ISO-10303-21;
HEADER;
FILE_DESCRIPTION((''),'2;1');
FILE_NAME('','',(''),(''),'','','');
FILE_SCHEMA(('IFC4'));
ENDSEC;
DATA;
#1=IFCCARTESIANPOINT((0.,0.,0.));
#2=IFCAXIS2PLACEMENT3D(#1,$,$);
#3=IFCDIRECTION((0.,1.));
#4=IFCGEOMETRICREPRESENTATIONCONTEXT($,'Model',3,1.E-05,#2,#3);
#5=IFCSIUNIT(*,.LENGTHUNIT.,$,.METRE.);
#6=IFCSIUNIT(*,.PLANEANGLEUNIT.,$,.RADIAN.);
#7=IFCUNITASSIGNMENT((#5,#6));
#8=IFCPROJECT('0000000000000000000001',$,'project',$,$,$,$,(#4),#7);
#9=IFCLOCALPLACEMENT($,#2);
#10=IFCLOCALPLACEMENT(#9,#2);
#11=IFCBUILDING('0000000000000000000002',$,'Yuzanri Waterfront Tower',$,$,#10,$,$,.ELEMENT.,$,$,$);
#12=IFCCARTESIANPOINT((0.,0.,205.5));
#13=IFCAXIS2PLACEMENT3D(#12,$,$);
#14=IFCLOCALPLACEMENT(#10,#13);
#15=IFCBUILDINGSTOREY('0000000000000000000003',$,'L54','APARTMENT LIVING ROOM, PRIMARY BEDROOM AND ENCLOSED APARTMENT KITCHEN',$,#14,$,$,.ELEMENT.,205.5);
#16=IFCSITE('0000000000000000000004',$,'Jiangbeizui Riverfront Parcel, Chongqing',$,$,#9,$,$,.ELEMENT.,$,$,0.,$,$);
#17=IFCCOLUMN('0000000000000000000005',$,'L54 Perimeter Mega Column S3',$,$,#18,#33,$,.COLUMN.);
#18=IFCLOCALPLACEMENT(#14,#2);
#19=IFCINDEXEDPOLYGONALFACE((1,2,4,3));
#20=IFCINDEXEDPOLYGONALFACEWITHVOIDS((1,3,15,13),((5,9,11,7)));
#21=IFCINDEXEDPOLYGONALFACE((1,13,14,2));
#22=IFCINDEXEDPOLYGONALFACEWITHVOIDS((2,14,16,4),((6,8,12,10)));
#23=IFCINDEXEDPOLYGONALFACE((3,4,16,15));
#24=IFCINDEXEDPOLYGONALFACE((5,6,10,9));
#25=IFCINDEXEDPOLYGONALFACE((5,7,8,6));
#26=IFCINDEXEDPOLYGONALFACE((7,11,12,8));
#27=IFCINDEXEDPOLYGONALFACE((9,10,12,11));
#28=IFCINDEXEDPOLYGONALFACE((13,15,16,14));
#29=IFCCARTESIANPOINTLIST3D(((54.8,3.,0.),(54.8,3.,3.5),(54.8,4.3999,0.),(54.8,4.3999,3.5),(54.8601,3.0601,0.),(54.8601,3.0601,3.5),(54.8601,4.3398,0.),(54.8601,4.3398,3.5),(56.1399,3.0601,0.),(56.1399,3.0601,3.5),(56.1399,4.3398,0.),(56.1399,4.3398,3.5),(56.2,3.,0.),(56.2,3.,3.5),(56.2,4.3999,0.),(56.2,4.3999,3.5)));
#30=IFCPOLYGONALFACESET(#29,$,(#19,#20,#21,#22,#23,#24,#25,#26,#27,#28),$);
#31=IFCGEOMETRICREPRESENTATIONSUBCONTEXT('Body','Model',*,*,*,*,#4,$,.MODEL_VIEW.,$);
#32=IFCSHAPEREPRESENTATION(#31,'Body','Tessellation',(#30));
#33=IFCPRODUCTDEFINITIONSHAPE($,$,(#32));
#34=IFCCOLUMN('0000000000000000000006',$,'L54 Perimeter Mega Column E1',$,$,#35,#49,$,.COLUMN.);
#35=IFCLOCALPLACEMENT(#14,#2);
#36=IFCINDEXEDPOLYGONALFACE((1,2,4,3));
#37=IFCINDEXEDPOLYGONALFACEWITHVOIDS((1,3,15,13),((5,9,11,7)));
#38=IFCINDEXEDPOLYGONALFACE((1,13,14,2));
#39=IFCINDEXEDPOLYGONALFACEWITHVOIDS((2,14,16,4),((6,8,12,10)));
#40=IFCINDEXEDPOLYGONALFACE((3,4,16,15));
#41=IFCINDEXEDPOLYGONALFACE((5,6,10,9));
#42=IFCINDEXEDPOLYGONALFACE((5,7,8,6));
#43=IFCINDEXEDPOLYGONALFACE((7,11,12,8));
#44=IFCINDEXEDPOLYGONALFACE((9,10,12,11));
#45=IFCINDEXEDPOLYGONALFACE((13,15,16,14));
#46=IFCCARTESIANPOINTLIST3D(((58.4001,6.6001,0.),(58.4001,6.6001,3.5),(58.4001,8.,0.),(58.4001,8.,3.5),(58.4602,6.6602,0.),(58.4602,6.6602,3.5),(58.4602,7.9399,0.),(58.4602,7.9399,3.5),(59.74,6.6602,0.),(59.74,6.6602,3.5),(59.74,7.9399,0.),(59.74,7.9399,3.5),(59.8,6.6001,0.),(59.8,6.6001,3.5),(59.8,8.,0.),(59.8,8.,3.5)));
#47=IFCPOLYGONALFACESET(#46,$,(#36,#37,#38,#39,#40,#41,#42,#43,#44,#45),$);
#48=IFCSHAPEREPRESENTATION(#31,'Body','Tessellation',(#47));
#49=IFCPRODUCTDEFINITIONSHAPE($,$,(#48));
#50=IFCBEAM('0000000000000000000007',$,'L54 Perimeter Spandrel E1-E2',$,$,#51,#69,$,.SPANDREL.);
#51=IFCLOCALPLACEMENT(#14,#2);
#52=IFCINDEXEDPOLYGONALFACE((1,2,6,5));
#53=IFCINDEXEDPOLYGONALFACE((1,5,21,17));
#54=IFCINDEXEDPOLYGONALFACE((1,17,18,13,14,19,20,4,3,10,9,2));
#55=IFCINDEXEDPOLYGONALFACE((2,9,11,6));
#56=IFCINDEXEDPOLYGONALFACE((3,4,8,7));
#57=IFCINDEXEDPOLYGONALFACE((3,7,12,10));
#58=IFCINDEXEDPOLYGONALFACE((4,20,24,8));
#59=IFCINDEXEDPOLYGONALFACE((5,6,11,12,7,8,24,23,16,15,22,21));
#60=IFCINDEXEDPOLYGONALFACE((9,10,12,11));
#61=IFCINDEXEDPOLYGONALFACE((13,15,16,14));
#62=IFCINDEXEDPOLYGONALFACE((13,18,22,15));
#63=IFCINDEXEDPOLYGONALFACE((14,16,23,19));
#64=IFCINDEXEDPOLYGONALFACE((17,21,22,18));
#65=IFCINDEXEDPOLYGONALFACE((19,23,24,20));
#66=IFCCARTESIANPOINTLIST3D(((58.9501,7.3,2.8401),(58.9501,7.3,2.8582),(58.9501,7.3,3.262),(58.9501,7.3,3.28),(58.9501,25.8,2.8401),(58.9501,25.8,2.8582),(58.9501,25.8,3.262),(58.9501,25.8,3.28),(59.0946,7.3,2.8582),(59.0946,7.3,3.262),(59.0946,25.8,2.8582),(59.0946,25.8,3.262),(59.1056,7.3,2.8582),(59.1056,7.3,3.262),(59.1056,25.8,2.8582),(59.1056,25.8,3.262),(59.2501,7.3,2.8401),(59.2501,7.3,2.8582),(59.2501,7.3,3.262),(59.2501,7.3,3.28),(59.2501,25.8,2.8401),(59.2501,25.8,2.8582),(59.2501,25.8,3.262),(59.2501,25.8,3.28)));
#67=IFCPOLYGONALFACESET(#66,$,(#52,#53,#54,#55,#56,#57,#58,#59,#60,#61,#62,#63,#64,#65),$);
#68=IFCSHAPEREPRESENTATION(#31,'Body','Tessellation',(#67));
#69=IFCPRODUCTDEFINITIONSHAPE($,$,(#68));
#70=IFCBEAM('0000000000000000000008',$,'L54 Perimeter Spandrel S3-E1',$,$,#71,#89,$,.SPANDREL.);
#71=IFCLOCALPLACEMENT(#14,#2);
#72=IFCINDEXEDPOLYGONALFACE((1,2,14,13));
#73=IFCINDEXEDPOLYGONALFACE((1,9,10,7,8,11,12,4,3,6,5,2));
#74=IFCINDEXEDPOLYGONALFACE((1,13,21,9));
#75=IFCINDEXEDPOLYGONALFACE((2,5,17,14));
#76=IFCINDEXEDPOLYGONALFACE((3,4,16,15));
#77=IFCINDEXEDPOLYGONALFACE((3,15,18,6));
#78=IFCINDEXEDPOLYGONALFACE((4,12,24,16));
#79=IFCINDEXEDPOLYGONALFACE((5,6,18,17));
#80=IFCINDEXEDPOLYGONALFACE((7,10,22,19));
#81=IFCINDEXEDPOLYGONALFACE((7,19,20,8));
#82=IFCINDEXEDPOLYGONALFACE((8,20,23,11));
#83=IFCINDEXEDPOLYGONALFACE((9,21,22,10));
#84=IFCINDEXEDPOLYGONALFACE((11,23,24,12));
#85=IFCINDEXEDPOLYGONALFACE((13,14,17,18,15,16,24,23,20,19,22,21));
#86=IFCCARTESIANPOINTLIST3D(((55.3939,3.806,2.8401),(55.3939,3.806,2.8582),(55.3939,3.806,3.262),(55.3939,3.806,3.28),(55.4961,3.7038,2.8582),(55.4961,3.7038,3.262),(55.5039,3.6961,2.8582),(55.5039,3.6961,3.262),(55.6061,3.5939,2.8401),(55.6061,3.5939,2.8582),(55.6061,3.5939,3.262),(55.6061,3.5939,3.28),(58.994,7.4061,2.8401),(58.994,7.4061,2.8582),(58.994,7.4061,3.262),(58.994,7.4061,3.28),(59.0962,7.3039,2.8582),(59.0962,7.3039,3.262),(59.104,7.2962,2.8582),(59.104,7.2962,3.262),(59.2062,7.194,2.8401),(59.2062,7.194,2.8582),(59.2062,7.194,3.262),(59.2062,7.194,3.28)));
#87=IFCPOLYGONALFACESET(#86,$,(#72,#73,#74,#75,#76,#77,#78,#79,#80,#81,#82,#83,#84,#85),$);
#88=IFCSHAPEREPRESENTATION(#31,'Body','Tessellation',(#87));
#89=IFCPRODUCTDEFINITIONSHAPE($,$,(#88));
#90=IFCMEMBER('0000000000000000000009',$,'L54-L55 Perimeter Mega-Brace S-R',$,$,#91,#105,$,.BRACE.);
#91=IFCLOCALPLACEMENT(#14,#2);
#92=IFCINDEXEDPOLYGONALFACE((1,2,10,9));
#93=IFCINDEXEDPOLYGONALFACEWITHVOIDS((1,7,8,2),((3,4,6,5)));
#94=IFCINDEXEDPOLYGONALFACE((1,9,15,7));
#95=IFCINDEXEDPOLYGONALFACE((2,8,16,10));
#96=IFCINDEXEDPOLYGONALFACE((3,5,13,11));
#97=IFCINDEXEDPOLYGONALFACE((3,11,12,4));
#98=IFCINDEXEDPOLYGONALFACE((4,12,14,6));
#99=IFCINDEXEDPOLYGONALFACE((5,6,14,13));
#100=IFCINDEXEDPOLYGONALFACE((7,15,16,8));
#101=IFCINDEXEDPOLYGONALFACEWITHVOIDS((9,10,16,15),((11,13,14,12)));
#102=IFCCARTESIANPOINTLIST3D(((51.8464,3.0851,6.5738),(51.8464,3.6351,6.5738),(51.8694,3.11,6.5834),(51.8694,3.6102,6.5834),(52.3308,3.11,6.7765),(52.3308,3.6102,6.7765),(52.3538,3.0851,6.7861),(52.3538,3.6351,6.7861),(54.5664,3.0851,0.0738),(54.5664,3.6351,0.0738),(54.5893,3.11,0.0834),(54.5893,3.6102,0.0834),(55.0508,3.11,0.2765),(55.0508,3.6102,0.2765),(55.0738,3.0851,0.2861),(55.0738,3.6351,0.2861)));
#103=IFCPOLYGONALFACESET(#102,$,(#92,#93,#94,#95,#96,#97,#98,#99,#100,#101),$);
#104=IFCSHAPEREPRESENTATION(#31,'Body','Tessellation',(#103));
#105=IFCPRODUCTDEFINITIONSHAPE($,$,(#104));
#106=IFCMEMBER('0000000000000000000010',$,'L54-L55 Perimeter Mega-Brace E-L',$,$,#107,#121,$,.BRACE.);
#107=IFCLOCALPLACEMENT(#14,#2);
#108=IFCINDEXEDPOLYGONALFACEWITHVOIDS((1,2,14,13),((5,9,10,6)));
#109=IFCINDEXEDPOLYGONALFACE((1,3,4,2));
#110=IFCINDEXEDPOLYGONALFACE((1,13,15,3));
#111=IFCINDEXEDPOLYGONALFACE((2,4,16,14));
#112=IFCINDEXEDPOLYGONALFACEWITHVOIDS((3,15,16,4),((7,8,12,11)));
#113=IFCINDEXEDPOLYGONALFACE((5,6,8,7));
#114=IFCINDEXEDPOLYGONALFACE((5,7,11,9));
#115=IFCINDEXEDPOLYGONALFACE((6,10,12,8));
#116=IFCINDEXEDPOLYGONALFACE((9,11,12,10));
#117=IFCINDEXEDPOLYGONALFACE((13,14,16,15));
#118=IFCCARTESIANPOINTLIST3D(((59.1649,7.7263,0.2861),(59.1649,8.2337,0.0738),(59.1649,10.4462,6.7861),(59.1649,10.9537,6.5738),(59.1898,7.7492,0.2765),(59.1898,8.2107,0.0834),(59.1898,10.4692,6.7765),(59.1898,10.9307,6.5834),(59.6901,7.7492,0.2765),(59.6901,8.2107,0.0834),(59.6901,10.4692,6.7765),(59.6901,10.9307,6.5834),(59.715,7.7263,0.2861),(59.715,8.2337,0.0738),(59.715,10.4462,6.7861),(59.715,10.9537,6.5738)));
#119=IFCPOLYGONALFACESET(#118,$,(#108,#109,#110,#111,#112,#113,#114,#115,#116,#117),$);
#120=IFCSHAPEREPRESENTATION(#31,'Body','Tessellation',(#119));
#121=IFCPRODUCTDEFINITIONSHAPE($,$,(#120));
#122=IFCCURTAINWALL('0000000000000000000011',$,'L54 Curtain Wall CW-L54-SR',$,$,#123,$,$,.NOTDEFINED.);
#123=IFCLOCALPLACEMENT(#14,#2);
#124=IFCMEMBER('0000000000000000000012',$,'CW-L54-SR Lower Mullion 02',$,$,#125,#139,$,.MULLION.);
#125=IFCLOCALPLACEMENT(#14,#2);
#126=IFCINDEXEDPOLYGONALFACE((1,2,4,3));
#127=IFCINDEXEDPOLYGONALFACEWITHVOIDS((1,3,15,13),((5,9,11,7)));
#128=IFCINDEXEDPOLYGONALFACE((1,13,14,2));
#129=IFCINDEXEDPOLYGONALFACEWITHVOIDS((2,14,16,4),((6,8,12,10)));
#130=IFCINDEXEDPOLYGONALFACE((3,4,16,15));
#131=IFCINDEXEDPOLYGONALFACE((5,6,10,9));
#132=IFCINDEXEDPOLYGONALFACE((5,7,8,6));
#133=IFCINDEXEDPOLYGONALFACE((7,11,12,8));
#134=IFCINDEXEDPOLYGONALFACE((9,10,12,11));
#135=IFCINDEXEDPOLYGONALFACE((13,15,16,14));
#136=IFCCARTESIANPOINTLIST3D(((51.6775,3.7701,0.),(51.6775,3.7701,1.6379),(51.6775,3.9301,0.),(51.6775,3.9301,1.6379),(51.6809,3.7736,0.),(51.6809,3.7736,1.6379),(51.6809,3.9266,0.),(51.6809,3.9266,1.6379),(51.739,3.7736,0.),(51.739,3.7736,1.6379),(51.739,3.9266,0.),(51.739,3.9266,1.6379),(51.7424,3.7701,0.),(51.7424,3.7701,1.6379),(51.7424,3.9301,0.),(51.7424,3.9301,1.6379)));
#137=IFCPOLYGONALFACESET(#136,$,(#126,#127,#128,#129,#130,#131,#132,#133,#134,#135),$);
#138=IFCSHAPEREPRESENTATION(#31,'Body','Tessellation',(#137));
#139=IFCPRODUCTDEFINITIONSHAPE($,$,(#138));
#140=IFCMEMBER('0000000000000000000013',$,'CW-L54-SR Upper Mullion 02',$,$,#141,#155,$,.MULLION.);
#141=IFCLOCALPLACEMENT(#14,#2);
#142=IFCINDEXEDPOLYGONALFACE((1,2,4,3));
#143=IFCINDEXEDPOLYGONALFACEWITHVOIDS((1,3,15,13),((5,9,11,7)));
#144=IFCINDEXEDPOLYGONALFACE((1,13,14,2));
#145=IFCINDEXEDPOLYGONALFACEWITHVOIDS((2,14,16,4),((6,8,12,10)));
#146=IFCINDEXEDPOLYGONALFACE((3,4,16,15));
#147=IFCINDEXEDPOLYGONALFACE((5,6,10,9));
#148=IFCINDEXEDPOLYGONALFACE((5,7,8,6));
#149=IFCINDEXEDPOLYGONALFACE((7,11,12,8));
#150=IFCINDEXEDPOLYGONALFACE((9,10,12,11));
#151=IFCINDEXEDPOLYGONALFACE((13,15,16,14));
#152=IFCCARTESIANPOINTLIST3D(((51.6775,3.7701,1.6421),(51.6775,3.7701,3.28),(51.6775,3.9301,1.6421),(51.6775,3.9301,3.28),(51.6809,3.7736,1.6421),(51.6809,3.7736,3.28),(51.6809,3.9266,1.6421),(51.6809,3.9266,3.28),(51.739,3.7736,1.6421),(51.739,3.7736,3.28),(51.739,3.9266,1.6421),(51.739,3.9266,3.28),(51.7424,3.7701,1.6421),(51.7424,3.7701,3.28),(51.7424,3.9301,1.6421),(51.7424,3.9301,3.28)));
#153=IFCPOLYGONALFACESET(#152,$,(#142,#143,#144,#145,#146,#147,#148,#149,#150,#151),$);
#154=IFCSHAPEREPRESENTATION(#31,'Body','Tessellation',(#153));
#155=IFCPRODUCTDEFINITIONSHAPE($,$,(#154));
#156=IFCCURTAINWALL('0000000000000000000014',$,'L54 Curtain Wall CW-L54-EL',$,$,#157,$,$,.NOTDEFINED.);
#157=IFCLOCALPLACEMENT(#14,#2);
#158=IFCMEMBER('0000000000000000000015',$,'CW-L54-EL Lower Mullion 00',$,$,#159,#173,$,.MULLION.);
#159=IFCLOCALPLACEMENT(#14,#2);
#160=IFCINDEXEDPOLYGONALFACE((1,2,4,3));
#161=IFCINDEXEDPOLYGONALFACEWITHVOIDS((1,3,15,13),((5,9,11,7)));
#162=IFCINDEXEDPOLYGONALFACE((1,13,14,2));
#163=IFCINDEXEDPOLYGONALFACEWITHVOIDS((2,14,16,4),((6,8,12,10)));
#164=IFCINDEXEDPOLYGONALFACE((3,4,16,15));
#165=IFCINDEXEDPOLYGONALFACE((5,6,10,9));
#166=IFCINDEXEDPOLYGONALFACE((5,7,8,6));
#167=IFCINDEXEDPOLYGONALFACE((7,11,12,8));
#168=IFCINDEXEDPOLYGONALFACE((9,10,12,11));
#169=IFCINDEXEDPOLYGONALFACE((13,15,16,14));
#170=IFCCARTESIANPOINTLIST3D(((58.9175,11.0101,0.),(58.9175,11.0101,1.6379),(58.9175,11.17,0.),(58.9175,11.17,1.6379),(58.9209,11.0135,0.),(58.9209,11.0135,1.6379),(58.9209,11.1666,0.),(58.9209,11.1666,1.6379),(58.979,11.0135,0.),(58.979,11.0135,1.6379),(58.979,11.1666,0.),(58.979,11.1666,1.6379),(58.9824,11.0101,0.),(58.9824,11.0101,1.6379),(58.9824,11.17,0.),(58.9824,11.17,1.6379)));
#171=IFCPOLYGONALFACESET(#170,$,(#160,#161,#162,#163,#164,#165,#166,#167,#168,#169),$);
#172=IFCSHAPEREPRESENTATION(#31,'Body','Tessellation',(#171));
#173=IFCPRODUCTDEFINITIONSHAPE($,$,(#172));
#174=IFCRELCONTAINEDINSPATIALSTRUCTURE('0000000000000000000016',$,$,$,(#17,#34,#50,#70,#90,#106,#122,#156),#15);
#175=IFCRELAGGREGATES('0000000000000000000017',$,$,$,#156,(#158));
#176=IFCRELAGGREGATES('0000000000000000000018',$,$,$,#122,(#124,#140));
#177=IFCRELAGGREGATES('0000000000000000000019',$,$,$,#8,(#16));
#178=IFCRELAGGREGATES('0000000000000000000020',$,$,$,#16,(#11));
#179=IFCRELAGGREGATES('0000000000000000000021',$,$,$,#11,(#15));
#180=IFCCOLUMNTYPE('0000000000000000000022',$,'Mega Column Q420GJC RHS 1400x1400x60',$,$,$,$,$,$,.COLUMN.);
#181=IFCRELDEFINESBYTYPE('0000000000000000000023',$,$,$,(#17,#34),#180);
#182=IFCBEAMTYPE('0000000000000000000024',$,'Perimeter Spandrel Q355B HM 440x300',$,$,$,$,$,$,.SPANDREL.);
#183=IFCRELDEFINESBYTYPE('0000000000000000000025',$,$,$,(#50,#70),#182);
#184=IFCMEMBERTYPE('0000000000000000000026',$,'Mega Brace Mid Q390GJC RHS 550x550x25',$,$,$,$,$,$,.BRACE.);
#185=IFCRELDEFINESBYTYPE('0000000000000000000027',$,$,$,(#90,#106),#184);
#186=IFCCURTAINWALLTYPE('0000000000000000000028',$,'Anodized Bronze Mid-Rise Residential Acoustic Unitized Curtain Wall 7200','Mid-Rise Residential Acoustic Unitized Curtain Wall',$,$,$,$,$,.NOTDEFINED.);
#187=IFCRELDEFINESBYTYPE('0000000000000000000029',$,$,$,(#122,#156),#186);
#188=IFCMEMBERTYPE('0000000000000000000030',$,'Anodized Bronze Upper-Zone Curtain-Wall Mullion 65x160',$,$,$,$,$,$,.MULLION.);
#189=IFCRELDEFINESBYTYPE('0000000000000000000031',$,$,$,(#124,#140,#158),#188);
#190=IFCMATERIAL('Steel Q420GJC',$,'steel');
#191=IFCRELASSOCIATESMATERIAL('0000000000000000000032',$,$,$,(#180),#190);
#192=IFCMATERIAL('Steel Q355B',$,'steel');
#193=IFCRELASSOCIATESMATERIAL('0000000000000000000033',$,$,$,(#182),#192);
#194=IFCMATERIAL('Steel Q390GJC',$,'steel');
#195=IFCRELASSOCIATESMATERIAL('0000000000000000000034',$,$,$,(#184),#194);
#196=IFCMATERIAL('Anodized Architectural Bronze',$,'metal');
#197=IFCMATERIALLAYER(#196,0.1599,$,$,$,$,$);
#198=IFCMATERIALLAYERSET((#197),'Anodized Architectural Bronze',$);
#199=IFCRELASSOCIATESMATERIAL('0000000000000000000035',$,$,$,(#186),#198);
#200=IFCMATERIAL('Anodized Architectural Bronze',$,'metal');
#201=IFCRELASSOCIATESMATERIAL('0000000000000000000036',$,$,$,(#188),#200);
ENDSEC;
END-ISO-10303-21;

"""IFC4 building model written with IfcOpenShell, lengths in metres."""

from ifc_helpers import new_model, si_unit, direction, frame, origin, origin_2d, place, context, subcontext, project, spatial, hollow_rectangle, i_section, extrude, source, transform, mapped, material, layer, layer_set, material_profile, profile_set, type_object, element, aggregate, save


model = new_model("IFC4")

# Units and contexts
model_context = context("Model", 3, precision=1e-05, world=origin(), true_north=direction((0.0, 1.0)))
body_context = subcontext(model_context, "Body", "Model", "MODEL_VIEW")
ifc_project = project(units=[si_unit("LENGTHUNIT", "METRE"), si_unit("PLANEANGLEUNIT", "RADIAN")], contexts=[model_context])

# Site, building, storey
site_placement = place(None, origin())
site = spatial("IfcSite", under=ifc_project, at=site_placement, Name="Jiangbeizui Riverfront Parcel, Chongqing", CompositionType="ELEMENT", RefElevation=0.0)
building_placement = place(site_placement, origin())
building = spatial("IfcBuilding", under=site, at=building_placement, Name="Yuzanri Waterfront Tower", CompositionType="ELEMENT")
storey_placement = place(building_placement, frame((0.0, 0.0, 205.5)))
storey = spatial("IfcBuildingStorey", under=building, at=storey_placement, Name="L54", Description="APARTMENT LIVING ROOM, PRIMARY BEDROOM AND ENCLOSED APARTMENT KITCHEN", CompositionType="ELEMENT", Elevation=205.5)

# Columns
ifc_material_1 = material(Name="Steel Q420GJC", Category="steel")
ifc_material_profile_1 = material_profile(ifc_material_1, hollow_rectangle(XDim=1.3999, YDim=1.3999, WallThickness=0.0601, at=origin_2d()), Name="RHS 1400x1400x60")
ifc_profile_set_1 = profile_set([ifc_material_profile_1], Name="Steel Q420GJC")
column_type = type_object("IfcColumnType", Name="Mega Column Q420GJC RHS 1400x1400x60", PredefinedType="COLUMN", material=ifc_profile_set_1)
shared_shape_1 = source(origin(), body_context, "Body", "SweptSolid", [
    extrude(hollow_rectangle(XDim=1.3999, YDim=1.3999, WallThickness=0.0601, at=origin_2d()), origin(), (0.0, 0.0, 1.0), 3.5),
])
for number, where, z_axis, x_axis, name in (
    (1, (55.5, 3.7, 0.0), (0.0, 0.0, 1.0), (1.0, 0.0, 0.0), "L54 Perimeter Mega Column S3"),
    (2, (59.1001, 7.3, 0.0), (0.0, 0.0, 1.0), (1.0, 0.0, 0.0), "L54 Perimeter Mega Column E1"),
):
    element("IfcColumn", number, at=place(storey_placement, frame(where, z_axis=z_axis, x_axis=x_axis)), inside=storey, type_object=column_type, Name=name, PredefinedType="COLUMN", context=body_context, shape_type="MappedRepresentation", body=[
        mapped(shared_shape_1, transform((0.0, 0.0, 0.0), scale=1.0)),
    ])

# Beams
ifc_material_2 = material(Name="Steel Q355B", Category="steel")
ifc_material_profile_2 = material_profile(ifc_material_2, i_section(OverallWidth=0.3, OverallDepth=0.4399, WebThickness=0.011, FlangeThickness=0.0181, at=origin_2d()), Name="HM 440x300x11x18")
ifc_profile_set_2 = profile_set([ifc_material_profile_2], Name="Steel Q355B")
beam_type = type_object("IfcBeamType", Name="Perimeter Spandrel Q355B HM 440x300", PredefinedType="SPANDREL", material=ifc_profile_set_2)
shared_shape_2 = source(origin(), body_context, "Body", "SweptSolid", [
    extrude(i_section(OverallWidth=0.3, OverallDepth=0.4399, WebThickness=0.011, FlangeThickness=0.0181, at=origin_2d()), origin(), (0.0, 0.0, 1.0), 18.5),
])
beam_1_placement = place(storey_placement, frame((59.1001, 7.3, 3.0601), z_axis=(0.0, 1.0, 0.0), x_axis=(-1.0, 0.0, 0.0)))
element("IfcBeam", 3, at=beam_1_placement, inside=storey, type_object=beam_type, Name="L54 Perimeter Spandrel E1-E2", PredefinedType="SPANDREL", context=body_context, shape_type="MappedRepresentation", body=[
    mapped(shared_shape_2, transform((0.0, 0.0, 0.0), scale=1.0)),
])
shared_shape_3 = source(origin(), body_context, "Body", "SweptSolid", [
    extrude(i_section(OverallWidth=0.3, OverallDepth=0.4399, WebThickness=0.011, FlangeThickness=0.0181, at=origin_2d()), origin(), (0.0, 0.0, 1.0), 5.0913),
])
beam_2_placement = place(storey_placement, frame((55.5, 3.7, 3.0601), z_axis=(0.707107, 0.707107, 0.0), x_axis=(-0.707107, 0.707107, 0.0)))
element("IfcBeam", 4, at=beam_2_placement, inside=storey, type_object=beam_type, Name="L54 Perimeter Spandrel S3-E1", PredefinedType="SPANDREL", context=body_context, shape_type="MappedRepresentation", body=[
    mapped(shared_shape_3, transform((0.0, 0.0, 0.0), scale=1.0)),
])

# Members
ifc_material_3 = material(Name="Steel Q390GJC", Category="steel")
ifc_material_profile_3 = material_profile(ifc_material_3, hollow_rectangle(XDim=0.55, YDim=0.55, WallThickness=0.0249, at=origin_2d()), Name="RHS 550x550x25")
ifc_profile_set_3 = profile_set([ifc_material_profile_3], Name="Steel Q390GJC")
member_type_1 = type_object("IfcMemberType", Name="Mega Brace Mid Q390GJC RHS 550x550x25", PredefinedType="BRACE", material=ifc_profile_set_3)
shared_shape_4 = source(origin(), body_context, "Body", "SweptSolid", [
    extrude(hollow_rectangle(XDim=0.55, YDim=0.55, WallThickness=0.0249, at=origin_2d()), origin(), (0.0, 0.0, 1.0), 7.0461),
])
for number, where, z_axis, x_axis, name in (
    (5, (54.8201, 3.3601, 0.1799), (-0.386022, 0.0, 0.922489), (0.0, -1.0, 0.0), "L54-L55 Perimeter Mega-Brace S-R"),
    (6, (59.4399, 7.98, 0.1799), (0.0, 0.386022, 0.922489), (-1.0, 0.0, 0.0), "L54-L55 Perimeter Mega-Brace E-L"),
):
    element("IfcMember", number, at=place(storey_placement, frame(where, z_axis=z_axis, x_axis=x_axis)), inside=storey, type_object=member_type_1, Name=name, PredefinedType="BRACE", context=body_context, shape_type="MappedRepresentation", body=[
        mapped(shared_shape_4, transform((0.0, 0.0, 0.0), scale=1.0)),
    ])

# Curtain walls, members
ifc_material_4 = material(Name="Anodized Architectural Bronze", Category="metal")
ifc_layer_1 = layer(ifc_material_4, 0.1599)
ifc_layer_set_1 = layer_set([ifc_layer_1], Name="Anodized Architectural Bronze")
curtain_wall_type = type_object("IfcCurtainWallType", Name="Anodized Bronze Mid-Rise Residential Acoustic Unitized Curtain Wall 7200", Description="Mid-Rise Residential Acoustic Unitized Curtain Wall", PredefinedType="NOTDEFINED", material=ifc_layer_set_1)
curtain_wall_1_placement = place(storey_placement, origin())
curtain_wall_1 = element("IfcCurtainWall", 7, at=curtain_wall_1_placement, inside=storey, type_object=curtain_wall_type, Name="L54 Curtain Wall CW-L54-SR", PredefinedType="NOTDEFINED")
ifc_material_5 = material(Name="Anodized Architectural Bronze", Category="metal")
ifc_material_profile_4 = material_profile(ifc_material_5, hollow_rectangle(XDim=0.0649, YDim=0.1599, WallThickness=0.0034, at=origin_2d()), Name="CWM 65x160")
ifc_profile_set_4 = profile_set([ifc_material_profile_4], Name="Anodized Architectural Bronze")
member_type_2 = type_object("IfcMemberType", Name="Anodized Bronze Upper-Zone Curtain-Wall Mullion 65x160", PredefinedType="MULLION", material=ifc_profile_set_4)
shared_shape_5 = source(origin(), body_context, "Body", "SweptSolid", [
    extrude(hollow_rectangle(XDim=0.0649, YDim=0.1599, WallThickness=0.0034, at=origin_2d()), origin(), (0.0, 0.0, 1.0), 1.6379),
])
member_1_placement = place(storey_placement, frame((51.71, 3.8501, 0.0), z_axis=(0.0, 0.0, 1.0), x_axis=(1.0, 0.0, 0.0)))
member_1 = element("IfcMember", 8, at=member_1_placement, type_object=member_type_2, Name="CW-L54-SR Lower Mullion 02", PredefinedType="MULLION", context=body_context, shape_type="MappedRepresentation", body=[
    mapped(shared_shape_5, transform((0.0, 0.0, 0.0), scale=1.0)),
])
member_2_placement = place(storey_placement, frame((51.71, 3.8501, 1.6421), z_axis=(0.0, 0.0, 1.0), x_axis=(1.0, 0.0, 0.0)))
member_2 = element("IfcMember", 9, at=member_2_placement, type_object=member_type_2, Name="CW-L54-SR Upper Mullion 02", PredefinedType="MULLION", context=body_context, shape_type="MappedRepresentation", body=[
    mapped(shared_shape_5, transform((0.0, 0.0, 0.0), scale=1.0)),
])
curtain_wall_2_placement = place(storey_placement, origin())
curtain_wall_2 = element("IfcCurtainWall", 10, at=curtain_wall_2_placement, inside=storey, type_object=curtain_wall_type, Name="L54 Curtain Wall CW-L54-EL", PredefinedType="NOTDEFINED")
member_3_placement = place(storey_placement, frame((58.95, 11.0901, 0.0), z_axis=(0.0, 0.0, 1.0), x_axis=(1.0, 0.0, 0.0)))
member_3 = element("IfcMember", 11, at=member_3_placement, type_object=member_type_2, Name="CW-L54-EL Lower Mullion 00", PredefinedType="MULLION", context=body_context, shape_type="MappedRepresentation", body=[
    mapped(shared_shape_5, transform((0.0, 0.0, 0.0), scale=1.0)),
])
aggregate(curtain_wall_2, [member_3])

aggregate(curtain_wall_1, [member_1, member_2])

save(model, "model.ifc")
